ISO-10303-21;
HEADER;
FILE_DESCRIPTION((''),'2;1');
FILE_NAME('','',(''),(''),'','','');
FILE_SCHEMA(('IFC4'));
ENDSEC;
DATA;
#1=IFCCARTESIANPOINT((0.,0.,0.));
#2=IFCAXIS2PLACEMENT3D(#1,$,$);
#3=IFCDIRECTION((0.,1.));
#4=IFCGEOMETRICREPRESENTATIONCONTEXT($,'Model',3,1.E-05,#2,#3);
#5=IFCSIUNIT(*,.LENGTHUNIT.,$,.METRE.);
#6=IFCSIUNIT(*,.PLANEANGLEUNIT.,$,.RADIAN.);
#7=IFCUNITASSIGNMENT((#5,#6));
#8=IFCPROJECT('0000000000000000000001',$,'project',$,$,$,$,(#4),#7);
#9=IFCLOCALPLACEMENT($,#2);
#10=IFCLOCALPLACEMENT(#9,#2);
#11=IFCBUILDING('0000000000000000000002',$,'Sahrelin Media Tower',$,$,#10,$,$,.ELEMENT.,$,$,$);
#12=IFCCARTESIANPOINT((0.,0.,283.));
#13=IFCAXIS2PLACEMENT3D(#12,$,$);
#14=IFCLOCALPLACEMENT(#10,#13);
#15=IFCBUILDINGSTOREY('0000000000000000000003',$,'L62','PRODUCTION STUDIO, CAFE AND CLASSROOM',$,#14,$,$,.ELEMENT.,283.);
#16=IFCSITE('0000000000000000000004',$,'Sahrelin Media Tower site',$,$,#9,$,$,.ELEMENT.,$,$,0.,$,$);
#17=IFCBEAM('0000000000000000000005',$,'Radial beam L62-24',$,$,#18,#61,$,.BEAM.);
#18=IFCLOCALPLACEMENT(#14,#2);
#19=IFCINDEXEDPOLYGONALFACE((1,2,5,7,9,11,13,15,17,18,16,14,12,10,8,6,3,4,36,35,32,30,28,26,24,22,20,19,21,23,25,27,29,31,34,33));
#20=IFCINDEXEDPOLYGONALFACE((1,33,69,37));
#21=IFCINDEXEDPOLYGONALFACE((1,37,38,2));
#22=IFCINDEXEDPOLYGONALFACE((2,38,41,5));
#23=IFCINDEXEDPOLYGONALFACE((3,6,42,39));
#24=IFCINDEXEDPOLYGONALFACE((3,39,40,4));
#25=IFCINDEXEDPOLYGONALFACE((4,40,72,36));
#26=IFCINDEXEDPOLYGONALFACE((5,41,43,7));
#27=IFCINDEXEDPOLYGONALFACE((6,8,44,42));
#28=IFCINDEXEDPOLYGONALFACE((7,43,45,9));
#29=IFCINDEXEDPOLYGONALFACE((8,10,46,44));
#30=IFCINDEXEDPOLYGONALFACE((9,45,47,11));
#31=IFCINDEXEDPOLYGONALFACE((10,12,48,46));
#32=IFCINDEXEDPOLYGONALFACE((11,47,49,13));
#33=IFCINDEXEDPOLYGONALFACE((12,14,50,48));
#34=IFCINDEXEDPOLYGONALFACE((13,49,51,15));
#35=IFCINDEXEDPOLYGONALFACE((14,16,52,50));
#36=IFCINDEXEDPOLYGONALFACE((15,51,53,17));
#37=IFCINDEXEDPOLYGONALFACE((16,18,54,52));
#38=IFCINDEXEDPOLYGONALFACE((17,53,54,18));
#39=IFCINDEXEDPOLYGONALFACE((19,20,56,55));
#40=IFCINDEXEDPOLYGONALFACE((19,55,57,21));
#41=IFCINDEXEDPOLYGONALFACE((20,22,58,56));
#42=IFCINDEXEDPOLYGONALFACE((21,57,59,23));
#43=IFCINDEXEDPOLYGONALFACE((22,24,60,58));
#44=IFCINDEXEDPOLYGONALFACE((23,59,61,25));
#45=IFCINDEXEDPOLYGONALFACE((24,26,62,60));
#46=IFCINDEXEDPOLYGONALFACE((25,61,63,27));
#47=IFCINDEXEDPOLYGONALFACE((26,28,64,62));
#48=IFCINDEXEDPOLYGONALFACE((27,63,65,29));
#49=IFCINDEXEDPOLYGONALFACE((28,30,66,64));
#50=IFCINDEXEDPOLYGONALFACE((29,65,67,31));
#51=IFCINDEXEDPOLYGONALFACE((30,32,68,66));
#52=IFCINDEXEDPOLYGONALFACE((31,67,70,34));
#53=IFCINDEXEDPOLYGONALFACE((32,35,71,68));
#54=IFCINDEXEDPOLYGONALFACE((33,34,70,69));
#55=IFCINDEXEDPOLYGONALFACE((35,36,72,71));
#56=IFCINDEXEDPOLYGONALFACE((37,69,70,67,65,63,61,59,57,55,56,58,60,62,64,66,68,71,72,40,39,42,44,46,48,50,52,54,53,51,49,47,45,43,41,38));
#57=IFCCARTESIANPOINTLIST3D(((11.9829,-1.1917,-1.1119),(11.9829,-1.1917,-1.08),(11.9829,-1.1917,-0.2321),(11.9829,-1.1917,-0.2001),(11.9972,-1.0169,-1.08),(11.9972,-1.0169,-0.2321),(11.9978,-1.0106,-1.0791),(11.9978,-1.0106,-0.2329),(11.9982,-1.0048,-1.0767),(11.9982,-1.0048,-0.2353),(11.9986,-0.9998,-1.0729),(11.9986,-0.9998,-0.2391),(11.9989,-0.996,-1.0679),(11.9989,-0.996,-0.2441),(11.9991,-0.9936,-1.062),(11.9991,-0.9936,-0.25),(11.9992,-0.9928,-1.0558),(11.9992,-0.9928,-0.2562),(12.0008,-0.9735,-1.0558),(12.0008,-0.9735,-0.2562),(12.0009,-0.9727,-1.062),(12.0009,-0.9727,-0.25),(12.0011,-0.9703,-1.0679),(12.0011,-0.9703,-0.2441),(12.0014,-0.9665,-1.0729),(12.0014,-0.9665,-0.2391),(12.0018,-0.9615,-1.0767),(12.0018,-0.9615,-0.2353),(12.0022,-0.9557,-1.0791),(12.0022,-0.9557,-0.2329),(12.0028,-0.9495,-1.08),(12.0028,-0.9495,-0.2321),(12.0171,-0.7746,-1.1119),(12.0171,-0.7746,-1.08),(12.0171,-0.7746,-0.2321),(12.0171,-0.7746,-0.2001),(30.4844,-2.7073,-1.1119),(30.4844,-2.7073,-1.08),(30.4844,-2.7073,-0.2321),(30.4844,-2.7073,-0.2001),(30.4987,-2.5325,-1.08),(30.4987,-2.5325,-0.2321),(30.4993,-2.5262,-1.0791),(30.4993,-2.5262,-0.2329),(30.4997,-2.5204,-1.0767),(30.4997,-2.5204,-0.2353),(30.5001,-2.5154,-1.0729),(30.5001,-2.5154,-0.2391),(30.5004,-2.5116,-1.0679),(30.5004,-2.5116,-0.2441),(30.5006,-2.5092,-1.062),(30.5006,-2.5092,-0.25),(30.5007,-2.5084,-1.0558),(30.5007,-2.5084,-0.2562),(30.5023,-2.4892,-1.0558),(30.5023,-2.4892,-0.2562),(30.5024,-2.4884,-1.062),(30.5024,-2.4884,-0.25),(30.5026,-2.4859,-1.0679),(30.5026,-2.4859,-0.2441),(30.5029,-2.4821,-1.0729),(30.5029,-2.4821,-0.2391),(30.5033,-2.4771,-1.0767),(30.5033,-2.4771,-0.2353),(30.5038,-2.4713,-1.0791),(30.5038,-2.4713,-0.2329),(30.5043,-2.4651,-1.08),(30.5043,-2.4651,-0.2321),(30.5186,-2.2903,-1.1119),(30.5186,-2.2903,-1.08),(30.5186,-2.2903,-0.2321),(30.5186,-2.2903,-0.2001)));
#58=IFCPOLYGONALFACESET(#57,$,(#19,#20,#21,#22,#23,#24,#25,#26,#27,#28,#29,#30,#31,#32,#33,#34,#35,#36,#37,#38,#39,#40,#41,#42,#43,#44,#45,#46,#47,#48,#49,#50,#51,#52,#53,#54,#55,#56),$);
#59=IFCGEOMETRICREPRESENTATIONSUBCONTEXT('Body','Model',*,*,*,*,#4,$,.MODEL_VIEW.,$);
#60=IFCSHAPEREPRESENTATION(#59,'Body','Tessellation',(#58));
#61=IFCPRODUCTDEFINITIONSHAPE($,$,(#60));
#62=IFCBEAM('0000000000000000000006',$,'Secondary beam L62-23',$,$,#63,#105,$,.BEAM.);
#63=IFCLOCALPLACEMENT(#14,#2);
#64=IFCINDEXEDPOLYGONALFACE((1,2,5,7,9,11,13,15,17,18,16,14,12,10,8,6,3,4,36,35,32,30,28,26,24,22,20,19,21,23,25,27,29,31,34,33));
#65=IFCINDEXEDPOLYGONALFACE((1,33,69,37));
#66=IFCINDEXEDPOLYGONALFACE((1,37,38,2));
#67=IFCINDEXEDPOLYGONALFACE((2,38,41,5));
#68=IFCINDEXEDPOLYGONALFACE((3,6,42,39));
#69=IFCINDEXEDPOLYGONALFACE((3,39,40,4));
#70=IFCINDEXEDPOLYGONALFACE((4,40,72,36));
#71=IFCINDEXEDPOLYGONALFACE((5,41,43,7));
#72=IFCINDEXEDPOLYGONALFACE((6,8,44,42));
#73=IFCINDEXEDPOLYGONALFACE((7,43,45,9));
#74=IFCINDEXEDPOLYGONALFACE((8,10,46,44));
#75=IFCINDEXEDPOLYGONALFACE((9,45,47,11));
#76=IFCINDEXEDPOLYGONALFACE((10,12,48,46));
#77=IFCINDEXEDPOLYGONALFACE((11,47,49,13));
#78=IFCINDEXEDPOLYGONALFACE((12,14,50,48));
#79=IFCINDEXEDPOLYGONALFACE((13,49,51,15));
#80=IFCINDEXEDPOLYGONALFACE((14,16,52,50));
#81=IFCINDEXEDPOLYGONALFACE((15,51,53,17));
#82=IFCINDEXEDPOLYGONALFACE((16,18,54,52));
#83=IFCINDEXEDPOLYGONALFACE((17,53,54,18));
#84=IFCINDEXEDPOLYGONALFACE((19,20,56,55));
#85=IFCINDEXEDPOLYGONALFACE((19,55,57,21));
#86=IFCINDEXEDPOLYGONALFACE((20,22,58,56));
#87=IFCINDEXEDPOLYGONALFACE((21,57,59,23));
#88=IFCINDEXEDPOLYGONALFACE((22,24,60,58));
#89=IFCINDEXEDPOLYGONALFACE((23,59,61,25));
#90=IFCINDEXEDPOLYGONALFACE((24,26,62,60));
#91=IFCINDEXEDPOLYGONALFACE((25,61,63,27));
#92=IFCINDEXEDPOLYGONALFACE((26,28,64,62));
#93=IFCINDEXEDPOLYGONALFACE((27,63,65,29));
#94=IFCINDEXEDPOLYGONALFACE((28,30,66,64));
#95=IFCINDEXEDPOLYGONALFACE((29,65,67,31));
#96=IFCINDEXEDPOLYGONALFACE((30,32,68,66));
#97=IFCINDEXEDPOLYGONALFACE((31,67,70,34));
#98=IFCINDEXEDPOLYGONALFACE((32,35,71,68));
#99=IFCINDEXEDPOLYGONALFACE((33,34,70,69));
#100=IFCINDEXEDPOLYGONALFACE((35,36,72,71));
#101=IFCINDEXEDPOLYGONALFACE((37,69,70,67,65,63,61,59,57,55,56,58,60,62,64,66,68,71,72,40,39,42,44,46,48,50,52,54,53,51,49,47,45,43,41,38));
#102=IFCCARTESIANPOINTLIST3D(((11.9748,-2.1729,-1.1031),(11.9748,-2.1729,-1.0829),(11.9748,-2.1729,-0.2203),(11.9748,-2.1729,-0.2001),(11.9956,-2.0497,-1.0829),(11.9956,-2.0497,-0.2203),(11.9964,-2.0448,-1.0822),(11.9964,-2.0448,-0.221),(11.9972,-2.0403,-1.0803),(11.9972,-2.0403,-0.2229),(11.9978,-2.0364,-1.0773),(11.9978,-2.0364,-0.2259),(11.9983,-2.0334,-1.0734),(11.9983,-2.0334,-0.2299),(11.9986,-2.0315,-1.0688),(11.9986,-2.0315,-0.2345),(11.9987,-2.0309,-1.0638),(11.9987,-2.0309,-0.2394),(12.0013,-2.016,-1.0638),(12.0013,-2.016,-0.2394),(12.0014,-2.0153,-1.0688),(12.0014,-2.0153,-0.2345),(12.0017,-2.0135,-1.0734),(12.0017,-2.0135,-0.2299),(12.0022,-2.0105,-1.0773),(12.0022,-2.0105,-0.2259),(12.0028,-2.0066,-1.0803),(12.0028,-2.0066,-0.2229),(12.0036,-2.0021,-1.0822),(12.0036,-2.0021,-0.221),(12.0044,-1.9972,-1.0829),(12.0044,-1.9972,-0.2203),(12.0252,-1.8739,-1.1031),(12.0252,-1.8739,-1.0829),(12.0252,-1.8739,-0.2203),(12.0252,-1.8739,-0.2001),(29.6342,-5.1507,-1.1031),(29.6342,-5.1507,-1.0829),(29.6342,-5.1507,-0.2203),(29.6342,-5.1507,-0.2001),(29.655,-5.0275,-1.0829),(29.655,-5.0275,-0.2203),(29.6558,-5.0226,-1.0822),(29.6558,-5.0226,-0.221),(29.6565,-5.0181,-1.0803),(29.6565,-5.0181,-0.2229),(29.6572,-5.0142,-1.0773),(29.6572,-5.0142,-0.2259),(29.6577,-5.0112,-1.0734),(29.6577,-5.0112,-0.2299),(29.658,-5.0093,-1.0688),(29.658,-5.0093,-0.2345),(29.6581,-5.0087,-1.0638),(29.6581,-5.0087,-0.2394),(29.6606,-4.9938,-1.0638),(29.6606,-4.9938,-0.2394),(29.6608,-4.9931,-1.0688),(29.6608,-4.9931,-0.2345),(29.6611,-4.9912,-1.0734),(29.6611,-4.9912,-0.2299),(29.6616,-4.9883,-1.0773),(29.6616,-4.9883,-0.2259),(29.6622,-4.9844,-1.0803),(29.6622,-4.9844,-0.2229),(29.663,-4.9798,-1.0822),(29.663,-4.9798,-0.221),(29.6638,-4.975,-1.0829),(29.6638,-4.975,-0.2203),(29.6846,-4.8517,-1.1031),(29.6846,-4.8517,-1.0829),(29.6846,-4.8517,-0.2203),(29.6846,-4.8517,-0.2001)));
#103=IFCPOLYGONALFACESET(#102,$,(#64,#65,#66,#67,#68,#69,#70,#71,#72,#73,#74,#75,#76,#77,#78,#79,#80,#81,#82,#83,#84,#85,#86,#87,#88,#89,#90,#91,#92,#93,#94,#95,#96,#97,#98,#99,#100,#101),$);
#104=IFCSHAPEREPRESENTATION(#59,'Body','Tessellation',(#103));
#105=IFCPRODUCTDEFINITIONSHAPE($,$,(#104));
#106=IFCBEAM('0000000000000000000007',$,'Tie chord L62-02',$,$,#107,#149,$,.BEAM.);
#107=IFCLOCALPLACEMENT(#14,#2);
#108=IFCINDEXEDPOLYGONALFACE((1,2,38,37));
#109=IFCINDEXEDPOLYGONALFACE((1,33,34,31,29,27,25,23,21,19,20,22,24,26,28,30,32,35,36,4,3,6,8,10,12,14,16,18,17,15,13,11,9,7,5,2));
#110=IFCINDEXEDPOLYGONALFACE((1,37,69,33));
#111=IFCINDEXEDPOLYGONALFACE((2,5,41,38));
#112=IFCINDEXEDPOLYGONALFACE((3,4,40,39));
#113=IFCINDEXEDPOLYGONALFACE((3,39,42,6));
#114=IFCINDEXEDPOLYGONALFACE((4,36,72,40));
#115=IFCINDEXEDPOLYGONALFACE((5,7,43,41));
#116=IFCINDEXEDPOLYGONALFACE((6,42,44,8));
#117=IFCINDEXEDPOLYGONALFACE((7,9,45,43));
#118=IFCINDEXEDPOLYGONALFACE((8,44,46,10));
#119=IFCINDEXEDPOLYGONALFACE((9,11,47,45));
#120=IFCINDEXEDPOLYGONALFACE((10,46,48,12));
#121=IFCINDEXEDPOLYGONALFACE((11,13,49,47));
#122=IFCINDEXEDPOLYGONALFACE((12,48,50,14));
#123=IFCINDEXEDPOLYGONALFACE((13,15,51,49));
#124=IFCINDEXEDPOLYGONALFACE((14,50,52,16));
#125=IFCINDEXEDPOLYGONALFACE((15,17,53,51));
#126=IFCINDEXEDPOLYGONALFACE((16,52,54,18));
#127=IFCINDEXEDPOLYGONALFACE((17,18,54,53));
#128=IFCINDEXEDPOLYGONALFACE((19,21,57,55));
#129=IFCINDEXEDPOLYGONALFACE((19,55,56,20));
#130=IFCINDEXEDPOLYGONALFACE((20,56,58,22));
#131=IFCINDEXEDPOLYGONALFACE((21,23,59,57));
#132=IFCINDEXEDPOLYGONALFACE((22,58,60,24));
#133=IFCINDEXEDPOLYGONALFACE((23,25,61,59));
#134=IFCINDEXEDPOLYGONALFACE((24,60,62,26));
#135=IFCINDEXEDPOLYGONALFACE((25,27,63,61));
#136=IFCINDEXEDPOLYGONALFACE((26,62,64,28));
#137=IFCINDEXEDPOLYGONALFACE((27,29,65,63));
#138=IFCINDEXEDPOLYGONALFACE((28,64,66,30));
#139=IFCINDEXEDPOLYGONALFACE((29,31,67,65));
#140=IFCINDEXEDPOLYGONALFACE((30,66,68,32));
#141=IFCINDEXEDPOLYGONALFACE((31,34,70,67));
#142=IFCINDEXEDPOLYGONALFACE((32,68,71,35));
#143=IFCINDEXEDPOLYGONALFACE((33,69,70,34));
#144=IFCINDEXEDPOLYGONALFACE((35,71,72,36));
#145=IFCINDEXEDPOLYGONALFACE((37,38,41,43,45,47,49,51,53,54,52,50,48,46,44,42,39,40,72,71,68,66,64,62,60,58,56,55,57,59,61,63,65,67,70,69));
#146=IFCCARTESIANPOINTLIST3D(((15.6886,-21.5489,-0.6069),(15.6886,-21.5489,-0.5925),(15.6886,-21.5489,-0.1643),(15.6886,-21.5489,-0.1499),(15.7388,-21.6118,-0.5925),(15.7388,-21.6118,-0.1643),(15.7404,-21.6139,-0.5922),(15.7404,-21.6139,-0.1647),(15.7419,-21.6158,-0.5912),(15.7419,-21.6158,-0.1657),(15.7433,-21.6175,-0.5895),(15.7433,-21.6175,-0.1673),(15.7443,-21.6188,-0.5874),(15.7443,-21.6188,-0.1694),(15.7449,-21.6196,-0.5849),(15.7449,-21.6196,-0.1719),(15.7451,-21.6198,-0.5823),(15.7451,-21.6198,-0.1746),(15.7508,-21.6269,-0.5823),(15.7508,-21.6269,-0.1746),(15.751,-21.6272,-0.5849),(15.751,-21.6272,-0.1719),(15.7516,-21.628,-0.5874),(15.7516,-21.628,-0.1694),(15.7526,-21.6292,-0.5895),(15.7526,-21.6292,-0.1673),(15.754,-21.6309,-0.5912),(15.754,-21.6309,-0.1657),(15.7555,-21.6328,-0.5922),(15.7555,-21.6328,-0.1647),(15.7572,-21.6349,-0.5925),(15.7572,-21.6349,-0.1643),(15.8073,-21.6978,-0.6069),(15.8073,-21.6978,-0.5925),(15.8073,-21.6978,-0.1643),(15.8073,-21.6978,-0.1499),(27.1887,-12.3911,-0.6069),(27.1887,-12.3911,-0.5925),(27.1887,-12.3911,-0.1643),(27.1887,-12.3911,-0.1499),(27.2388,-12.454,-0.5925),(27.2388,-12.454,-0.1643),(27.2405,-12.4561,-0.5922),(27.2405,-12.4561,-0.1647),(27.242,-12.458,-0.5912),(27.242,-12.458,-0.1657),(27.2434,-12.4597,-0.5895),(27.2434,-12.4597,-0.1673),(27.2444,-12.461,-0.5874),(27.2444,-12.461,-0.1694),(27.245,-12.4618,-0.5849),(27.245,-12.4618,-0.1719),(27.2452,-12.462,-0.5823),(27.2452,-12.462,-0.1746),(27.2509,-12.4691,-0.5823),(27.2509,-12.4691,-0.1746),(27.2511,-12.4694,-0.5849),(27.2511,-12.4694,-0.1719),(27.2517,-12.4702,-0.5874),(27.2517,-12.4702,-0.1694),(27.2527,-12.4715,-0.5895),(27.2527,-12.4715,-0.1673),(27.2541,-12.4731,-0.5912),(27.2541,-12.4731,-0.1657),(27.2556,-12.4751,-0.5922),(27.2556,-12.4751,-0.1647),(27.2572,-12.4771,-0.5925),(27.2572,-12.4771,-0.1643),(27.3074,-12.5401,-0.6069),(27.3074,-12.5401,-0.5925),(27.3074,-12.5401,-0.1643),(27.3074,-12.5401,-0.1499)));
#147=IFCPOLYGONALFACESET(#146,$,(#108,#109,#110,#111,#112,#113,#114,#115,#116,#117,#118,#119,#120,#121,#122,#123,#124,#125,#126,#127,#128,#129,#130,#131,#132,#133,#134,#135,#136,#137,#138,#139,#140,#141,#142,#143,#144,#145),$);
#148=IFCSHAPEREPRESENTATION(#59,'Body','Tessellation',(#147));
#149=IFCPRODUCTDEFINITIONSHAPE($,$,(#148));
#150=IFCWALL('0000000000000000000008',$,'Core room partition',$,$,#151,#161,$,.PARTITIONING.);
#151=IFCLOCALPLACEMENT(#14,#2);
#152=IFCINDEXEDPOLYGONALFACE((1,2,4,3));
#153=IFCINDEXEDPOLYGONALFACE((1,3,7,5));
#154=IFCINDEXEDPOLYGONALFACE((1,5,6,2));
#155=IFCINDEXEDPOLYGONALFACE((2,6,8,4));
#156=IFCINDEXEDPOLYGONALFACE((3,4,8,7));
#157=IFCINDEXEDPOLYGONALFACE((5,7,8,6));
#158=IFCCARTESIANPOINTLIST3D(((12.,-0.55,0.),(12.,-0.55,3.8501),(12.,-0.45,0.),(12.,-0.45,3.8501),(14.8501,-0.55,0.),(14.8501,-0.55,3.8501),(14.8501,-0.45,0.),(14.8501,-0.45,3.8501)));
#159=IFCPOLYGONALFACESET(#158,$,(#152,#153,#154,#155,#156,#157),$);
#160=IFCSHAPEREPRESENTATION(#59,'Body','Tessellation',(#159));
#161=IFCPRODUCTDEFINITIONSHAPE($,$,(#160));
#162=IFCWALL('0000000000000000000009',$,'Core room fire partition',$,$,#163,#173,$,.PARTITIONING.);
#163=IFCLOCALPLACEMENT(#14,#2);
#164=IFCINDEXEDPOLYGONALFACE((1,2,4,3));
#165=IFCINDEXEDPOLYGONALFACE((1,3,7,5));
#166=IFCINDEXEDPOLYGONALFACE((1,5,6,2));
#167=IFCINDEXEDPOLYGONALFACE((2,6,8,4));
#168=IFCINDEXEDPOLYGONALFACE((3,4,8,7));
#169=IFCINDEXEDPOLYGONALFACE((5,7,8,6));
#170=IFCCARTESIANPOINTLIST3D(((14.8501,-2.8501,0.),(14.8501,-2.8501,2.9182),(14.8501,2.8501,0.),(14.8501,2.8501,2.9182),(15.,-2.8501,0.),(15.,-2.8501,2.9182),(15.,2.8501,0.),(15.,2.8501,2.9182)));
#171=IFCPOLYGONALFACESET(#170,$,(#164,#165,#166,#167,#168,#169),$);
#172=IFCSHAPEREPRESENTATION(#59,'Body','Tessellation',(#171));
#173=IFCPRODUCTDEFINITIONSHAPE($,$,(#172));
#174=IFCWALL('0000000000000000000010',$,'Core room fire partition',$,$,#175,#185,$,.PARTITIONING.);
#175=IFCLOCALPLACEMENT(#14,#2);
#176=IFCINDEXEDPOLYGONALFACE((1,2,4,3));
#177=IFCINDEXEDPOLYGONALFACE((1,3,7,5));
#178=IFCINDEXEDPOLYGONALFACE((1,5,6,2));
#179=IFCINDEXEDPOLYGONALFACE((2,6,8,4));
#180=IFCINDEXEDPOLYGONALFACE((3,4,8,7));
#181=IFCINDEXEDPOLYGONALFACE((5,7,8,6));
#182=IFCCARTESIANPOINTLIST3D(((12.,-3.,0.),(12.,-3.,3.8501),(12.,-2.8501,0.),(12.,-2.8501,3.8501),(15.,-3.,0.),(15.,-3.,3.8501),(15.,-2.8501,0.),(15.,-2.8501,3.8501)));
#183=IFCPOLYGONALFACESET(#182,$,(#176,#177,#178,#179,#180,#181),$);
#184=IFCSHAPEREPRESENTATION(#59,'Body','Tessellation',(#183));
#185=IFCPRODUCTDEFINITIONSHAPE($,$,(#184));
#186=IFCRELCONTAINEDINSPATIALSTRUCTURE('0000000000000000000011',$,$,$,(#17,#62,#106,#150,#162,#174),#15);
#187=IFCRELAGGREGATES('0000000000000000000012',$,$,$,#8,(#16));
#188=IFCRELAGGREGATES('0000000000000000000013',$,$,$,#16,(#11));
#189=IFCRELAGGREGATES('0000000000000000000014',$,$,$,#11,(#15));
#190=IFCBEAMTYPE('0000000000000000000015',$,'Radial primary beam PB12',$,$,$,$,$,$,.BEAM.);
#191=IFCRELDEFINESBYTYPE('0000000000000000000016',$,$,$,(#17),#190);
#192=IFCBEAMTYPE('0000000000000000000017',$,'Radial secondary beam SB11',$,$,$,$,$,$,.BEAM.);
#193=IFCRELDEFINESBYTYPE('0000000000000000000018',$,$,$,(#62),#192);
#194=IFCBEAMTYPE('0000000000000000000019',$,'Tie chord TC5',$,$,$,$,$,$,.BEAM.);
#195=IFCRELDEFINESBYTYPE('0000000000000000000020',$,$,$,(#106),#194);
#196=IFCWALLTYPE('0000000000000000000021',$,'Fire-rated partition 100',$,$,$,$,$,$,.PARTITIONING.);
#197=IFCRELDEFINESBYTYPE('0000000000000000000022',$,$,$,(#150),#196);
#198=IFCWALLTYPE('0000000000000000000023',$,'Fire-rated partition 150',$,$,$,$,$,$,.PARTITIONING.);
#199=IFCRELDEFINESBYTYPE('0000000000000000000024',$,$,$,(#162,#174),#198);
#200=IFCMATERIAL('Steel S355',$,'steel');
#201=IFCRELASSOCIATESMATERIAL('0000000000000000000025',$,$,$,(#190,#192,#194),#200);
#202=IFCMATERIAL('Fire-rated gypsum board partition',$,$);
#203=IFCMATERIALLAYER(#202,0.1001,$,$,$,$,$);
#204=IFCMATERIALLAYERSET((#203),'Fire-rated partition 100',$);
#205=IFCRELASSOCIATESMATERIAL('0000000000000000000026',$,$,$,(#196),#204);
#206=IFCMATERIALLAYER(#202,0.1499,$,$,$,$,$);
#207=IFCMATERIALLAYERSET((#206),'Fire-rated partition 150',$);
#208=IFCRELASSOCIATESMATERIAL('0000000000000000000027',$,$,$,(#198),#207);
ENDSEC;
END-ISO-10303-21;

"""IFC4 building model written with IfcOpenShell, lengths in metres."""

from ifc_helpers import new_model, si_unit, direction, frame, frame_2d, origin, origin_2d, place, context, subcontext, project, spatial, rectangle, i_section, extrude, material, layer, layer_set, material_profile, profile_set, type_object, element, save


model = new_model("IFC4")

# Units and contexts
model_context = context("Model", 3, precision=1e-05, world=origin(), true_north=direction((0.0, 1.0)))
body_context = subcontext(model_context, "Body", "Model", "MODEL_VIEW")
ifc_project = project(units=[si_unit("LENGTHUNIT", "METRE"), si_unit("PLANEANGLEUNIT", "RADIAN")], contexts=[model_context])

# Site, building, storey
site_placement = place(None, origin())
site = spatial("IfcSite", under=ifc_project, at=site_placement, Name="Sahrelin Media Tower site", CompositionType="ELEMENT", RefElevation=0.0)
building_placement = place(site_placement, origin())
building = spatial("IfcBuilding", under=site, at=building_placement, Name="Sahrelin Media Tower", CompositionType="ELEMENT")
storey_placement = place(building_placement, frame((0.0, 0.0, 283.0)))
storey = spatial("IfcBuildingStorey", under=building, at=storey_placement, Name="L62", Description="PRODUCTION STUDIO, CAFE AND CLASSROOM", CompositionType="ELEMENT", Elevation=283.0)

# Beams
ifc_material_1 = material(Name="Steel S355", Category="steel")
ifc_material_profile_1 = material_profile(ifc_material_1, i_section(OverallWidth=0.4185, OverallDepth=0.9119, WebThickness=0.0193, FlangeThickness=0.032, FilletRadius=0.0242, at=origin_2d()), Name="UB 914x419x343")
ifc_profile_set_1 = profile_set([ifc_material_profile_1], Name="Steel S355")
beam_type_1 = type_object("IfcBeamType", Name="Radial primary beam PB12", PredefinedType="BEAM", material=ifc_profile_set_1)
beam_1_placement = place(storey_placement, frame((12.0, -0.9832, -0.656), z_axis=(0.996661, -0.081646, 0.0), x_axis=(0.081646, 0.996661, 0.0)))
element("IfcBeam", 1, at=beam_1_placement, inside=storey, type_object=beam_type_1, Name="Radial beam L62-24", PredefinedType="BEAM", context=body_context, shape_type="SweptSolid", body=[
    extrude(i_section(OverallWidth=0.4185, OverallDepth=0.9119, WebThickness=0.0193, FlangeThickness=0.032, FilletRadius=0.0242, at=origin_2d()), origin(), (0.0, 0.0, 1.0), 18.5635),
])
ifc_material_profile_2 = material_profile(ifc_material_1, i_section(OverallWidth=0.3032, OverallDepth=0.9031, WebThickness=0.0151, FlangeThickness=0.0203, FilletRadius=0.019, at=origin_2d()), Name="UB 914x305x201")
ifc_profile_set_2 = profile_set([ifc_material_profile_2], Name="Steel S355")
beam_type_2 = type_object("IfcBeamType", Name="Radial secondary beam SB11", PredefinedType="BEAM", material=ifc_profile_set_2)
beam_2_placement = place(storey_placement, frame((12.0, -2.0234, -0.6516), z_axis=(0.986079, -0.166276, 0.0), x_axis=(0.166276, 0.986079, 0.0)))
element("IfcBeam", 2, at=beam_2_placement, inside=storey, type_object=beam_type_2, Name="Secondary beam L62-23", PredefinedType="BEAM", context=body_context, shape_type="SweptSolid", body=[
    extrude(i_section(OverallWidth=0.3032, OverallDepth=0.9031, WebThickness=0.0151, FlangeThickness=0.0203, FilletRadius=0.019, at=origin_2d()), origin(), (0.0, 0.0, 1.0), 17.9087),
])
ifc_material_profile_3 = material_profile(ifc_material_1, i_section(OverallWidth=0.1904, OverallDepth=0.457, WebThickness=0.009, FlangeThickness=0.0144, FilletRadius=0.0103, at=origin_2d()), Name="UB 457x191x74")
ifc_profile_set_3 = profile_set([ifc_material_profile_3], Name="Steel S355")
beam_type_3 = type_object("IfcBeamType", Name="Tie chord TC5", PredefinedType="BEAM", material=ifc_profile_set_3)
beam_3_placement = place(storey_placement, frame((27.248, -12.4656, -0.3784), z_axis=(-0.78227, -0.62294, 0.0), x_axis=(0.62294, -0.78227, 0.0)))
element("IfcBeam", 3, at=beam_3_placement, inside=storey, type_object=beam_type_3, Name="Tie chord L62-02", PredefinedType="BEAM", context=body_context, shape_type="SweptSolid", body=[
    extrude(i_section(OverallWidth=0.1904, OverallDepth=0.457, WebThickness=0.009, FlangeThickness=0.0144, FilletRadius=0.0103, at=origin_2d()), origin(), (0.0, 0.0, 1.0), 14.7009),
])

# Walls
ifc_material_2 = material(Name="Fire-rated gypsum board partition")
ifc_layer_1 = layer(ifc_material_2, 0.1001)
ifc_layer_set_1 = layer_set([ifc_layer_1], Name="Fire-rated partition 100")
wall_type_1 = type_object("IfcWallType", Name="Fire-rated partition 100", PredefinedType="PARTITIONING", material=ifc_layer_set_1)
wall_1_placement = place(storey_placement, frame((12.0, -0.5, 0.0), z_axis=(0.0, 0.0, 1.0), x_axis=(1.0, 0.0, 0.0)))
element("IfcWall", 4, at=wall_1_placement, inside=storey, type_object=wall_type_1, Name="Core room partition", PredefinedType="PARTITIONING", context=body_context, shape_type="SweptSolid", body=[
    extrude(rectangle(XDim=2.8501, YDim=0.1001, at=frame_2d((1.425, 0.0))), origin(), (0.0, 0.0, 1.0), 3.8501),
])
ifc_layer_2 = layer(ifc_material_2, 0.1499)
ifc_layer_set_2 = layer_set([ifc_layer_2], Name="Fire-rated partition 150")
wall_type_2 = type_object("IfcWallType", Name="Fire-rated partition 150", PredefinedType="PARTITIONING", material=ifc_layer_set_2)
wall_2_placement = place(storey_placement, frame((14.925, -2.8501, 0.0), z_axis=(0.0, 0.0, 1.0), x_axis=(0.0, 1.0, 0.0)))
element("IfcWall", 5, at=wall_2_placement, inside=storey, type_object=wall_type_2, Name="Core room fire partition", PredefinedType="PARTITIONING", context=body_context, shape_type="SweptSolid", body=[
    extrude(rectangle(XDim=5.7002, YDim=0.1499, at=frame_2d((2.8501, 0.0))), origin(), (0.0, 0.0, 1.0), 2.9182),
])
wall_3_placement = place(storey_placement, frame((12.0, -2.925, 0.0), z_axis=(0.0, 0.0, 1.0), x_axis=(1.0, 0.0, 0.0)))
element("IfcWall", 6, at=wall_3_placement, inside=storey, type_object=wall_type_2, Name="Core room fire partition", PredefinedType="PARTITIONING", context=body_context, shape_type="SweptSolid", body=[
    extrude(rectangle(XDim=3.0, YDim=0.1499, at=frame_2d((1.5, 0.0))), origin(), (0.0, 0.0, 1.0), 3.8501),
])

save(model, "model.ifc")
